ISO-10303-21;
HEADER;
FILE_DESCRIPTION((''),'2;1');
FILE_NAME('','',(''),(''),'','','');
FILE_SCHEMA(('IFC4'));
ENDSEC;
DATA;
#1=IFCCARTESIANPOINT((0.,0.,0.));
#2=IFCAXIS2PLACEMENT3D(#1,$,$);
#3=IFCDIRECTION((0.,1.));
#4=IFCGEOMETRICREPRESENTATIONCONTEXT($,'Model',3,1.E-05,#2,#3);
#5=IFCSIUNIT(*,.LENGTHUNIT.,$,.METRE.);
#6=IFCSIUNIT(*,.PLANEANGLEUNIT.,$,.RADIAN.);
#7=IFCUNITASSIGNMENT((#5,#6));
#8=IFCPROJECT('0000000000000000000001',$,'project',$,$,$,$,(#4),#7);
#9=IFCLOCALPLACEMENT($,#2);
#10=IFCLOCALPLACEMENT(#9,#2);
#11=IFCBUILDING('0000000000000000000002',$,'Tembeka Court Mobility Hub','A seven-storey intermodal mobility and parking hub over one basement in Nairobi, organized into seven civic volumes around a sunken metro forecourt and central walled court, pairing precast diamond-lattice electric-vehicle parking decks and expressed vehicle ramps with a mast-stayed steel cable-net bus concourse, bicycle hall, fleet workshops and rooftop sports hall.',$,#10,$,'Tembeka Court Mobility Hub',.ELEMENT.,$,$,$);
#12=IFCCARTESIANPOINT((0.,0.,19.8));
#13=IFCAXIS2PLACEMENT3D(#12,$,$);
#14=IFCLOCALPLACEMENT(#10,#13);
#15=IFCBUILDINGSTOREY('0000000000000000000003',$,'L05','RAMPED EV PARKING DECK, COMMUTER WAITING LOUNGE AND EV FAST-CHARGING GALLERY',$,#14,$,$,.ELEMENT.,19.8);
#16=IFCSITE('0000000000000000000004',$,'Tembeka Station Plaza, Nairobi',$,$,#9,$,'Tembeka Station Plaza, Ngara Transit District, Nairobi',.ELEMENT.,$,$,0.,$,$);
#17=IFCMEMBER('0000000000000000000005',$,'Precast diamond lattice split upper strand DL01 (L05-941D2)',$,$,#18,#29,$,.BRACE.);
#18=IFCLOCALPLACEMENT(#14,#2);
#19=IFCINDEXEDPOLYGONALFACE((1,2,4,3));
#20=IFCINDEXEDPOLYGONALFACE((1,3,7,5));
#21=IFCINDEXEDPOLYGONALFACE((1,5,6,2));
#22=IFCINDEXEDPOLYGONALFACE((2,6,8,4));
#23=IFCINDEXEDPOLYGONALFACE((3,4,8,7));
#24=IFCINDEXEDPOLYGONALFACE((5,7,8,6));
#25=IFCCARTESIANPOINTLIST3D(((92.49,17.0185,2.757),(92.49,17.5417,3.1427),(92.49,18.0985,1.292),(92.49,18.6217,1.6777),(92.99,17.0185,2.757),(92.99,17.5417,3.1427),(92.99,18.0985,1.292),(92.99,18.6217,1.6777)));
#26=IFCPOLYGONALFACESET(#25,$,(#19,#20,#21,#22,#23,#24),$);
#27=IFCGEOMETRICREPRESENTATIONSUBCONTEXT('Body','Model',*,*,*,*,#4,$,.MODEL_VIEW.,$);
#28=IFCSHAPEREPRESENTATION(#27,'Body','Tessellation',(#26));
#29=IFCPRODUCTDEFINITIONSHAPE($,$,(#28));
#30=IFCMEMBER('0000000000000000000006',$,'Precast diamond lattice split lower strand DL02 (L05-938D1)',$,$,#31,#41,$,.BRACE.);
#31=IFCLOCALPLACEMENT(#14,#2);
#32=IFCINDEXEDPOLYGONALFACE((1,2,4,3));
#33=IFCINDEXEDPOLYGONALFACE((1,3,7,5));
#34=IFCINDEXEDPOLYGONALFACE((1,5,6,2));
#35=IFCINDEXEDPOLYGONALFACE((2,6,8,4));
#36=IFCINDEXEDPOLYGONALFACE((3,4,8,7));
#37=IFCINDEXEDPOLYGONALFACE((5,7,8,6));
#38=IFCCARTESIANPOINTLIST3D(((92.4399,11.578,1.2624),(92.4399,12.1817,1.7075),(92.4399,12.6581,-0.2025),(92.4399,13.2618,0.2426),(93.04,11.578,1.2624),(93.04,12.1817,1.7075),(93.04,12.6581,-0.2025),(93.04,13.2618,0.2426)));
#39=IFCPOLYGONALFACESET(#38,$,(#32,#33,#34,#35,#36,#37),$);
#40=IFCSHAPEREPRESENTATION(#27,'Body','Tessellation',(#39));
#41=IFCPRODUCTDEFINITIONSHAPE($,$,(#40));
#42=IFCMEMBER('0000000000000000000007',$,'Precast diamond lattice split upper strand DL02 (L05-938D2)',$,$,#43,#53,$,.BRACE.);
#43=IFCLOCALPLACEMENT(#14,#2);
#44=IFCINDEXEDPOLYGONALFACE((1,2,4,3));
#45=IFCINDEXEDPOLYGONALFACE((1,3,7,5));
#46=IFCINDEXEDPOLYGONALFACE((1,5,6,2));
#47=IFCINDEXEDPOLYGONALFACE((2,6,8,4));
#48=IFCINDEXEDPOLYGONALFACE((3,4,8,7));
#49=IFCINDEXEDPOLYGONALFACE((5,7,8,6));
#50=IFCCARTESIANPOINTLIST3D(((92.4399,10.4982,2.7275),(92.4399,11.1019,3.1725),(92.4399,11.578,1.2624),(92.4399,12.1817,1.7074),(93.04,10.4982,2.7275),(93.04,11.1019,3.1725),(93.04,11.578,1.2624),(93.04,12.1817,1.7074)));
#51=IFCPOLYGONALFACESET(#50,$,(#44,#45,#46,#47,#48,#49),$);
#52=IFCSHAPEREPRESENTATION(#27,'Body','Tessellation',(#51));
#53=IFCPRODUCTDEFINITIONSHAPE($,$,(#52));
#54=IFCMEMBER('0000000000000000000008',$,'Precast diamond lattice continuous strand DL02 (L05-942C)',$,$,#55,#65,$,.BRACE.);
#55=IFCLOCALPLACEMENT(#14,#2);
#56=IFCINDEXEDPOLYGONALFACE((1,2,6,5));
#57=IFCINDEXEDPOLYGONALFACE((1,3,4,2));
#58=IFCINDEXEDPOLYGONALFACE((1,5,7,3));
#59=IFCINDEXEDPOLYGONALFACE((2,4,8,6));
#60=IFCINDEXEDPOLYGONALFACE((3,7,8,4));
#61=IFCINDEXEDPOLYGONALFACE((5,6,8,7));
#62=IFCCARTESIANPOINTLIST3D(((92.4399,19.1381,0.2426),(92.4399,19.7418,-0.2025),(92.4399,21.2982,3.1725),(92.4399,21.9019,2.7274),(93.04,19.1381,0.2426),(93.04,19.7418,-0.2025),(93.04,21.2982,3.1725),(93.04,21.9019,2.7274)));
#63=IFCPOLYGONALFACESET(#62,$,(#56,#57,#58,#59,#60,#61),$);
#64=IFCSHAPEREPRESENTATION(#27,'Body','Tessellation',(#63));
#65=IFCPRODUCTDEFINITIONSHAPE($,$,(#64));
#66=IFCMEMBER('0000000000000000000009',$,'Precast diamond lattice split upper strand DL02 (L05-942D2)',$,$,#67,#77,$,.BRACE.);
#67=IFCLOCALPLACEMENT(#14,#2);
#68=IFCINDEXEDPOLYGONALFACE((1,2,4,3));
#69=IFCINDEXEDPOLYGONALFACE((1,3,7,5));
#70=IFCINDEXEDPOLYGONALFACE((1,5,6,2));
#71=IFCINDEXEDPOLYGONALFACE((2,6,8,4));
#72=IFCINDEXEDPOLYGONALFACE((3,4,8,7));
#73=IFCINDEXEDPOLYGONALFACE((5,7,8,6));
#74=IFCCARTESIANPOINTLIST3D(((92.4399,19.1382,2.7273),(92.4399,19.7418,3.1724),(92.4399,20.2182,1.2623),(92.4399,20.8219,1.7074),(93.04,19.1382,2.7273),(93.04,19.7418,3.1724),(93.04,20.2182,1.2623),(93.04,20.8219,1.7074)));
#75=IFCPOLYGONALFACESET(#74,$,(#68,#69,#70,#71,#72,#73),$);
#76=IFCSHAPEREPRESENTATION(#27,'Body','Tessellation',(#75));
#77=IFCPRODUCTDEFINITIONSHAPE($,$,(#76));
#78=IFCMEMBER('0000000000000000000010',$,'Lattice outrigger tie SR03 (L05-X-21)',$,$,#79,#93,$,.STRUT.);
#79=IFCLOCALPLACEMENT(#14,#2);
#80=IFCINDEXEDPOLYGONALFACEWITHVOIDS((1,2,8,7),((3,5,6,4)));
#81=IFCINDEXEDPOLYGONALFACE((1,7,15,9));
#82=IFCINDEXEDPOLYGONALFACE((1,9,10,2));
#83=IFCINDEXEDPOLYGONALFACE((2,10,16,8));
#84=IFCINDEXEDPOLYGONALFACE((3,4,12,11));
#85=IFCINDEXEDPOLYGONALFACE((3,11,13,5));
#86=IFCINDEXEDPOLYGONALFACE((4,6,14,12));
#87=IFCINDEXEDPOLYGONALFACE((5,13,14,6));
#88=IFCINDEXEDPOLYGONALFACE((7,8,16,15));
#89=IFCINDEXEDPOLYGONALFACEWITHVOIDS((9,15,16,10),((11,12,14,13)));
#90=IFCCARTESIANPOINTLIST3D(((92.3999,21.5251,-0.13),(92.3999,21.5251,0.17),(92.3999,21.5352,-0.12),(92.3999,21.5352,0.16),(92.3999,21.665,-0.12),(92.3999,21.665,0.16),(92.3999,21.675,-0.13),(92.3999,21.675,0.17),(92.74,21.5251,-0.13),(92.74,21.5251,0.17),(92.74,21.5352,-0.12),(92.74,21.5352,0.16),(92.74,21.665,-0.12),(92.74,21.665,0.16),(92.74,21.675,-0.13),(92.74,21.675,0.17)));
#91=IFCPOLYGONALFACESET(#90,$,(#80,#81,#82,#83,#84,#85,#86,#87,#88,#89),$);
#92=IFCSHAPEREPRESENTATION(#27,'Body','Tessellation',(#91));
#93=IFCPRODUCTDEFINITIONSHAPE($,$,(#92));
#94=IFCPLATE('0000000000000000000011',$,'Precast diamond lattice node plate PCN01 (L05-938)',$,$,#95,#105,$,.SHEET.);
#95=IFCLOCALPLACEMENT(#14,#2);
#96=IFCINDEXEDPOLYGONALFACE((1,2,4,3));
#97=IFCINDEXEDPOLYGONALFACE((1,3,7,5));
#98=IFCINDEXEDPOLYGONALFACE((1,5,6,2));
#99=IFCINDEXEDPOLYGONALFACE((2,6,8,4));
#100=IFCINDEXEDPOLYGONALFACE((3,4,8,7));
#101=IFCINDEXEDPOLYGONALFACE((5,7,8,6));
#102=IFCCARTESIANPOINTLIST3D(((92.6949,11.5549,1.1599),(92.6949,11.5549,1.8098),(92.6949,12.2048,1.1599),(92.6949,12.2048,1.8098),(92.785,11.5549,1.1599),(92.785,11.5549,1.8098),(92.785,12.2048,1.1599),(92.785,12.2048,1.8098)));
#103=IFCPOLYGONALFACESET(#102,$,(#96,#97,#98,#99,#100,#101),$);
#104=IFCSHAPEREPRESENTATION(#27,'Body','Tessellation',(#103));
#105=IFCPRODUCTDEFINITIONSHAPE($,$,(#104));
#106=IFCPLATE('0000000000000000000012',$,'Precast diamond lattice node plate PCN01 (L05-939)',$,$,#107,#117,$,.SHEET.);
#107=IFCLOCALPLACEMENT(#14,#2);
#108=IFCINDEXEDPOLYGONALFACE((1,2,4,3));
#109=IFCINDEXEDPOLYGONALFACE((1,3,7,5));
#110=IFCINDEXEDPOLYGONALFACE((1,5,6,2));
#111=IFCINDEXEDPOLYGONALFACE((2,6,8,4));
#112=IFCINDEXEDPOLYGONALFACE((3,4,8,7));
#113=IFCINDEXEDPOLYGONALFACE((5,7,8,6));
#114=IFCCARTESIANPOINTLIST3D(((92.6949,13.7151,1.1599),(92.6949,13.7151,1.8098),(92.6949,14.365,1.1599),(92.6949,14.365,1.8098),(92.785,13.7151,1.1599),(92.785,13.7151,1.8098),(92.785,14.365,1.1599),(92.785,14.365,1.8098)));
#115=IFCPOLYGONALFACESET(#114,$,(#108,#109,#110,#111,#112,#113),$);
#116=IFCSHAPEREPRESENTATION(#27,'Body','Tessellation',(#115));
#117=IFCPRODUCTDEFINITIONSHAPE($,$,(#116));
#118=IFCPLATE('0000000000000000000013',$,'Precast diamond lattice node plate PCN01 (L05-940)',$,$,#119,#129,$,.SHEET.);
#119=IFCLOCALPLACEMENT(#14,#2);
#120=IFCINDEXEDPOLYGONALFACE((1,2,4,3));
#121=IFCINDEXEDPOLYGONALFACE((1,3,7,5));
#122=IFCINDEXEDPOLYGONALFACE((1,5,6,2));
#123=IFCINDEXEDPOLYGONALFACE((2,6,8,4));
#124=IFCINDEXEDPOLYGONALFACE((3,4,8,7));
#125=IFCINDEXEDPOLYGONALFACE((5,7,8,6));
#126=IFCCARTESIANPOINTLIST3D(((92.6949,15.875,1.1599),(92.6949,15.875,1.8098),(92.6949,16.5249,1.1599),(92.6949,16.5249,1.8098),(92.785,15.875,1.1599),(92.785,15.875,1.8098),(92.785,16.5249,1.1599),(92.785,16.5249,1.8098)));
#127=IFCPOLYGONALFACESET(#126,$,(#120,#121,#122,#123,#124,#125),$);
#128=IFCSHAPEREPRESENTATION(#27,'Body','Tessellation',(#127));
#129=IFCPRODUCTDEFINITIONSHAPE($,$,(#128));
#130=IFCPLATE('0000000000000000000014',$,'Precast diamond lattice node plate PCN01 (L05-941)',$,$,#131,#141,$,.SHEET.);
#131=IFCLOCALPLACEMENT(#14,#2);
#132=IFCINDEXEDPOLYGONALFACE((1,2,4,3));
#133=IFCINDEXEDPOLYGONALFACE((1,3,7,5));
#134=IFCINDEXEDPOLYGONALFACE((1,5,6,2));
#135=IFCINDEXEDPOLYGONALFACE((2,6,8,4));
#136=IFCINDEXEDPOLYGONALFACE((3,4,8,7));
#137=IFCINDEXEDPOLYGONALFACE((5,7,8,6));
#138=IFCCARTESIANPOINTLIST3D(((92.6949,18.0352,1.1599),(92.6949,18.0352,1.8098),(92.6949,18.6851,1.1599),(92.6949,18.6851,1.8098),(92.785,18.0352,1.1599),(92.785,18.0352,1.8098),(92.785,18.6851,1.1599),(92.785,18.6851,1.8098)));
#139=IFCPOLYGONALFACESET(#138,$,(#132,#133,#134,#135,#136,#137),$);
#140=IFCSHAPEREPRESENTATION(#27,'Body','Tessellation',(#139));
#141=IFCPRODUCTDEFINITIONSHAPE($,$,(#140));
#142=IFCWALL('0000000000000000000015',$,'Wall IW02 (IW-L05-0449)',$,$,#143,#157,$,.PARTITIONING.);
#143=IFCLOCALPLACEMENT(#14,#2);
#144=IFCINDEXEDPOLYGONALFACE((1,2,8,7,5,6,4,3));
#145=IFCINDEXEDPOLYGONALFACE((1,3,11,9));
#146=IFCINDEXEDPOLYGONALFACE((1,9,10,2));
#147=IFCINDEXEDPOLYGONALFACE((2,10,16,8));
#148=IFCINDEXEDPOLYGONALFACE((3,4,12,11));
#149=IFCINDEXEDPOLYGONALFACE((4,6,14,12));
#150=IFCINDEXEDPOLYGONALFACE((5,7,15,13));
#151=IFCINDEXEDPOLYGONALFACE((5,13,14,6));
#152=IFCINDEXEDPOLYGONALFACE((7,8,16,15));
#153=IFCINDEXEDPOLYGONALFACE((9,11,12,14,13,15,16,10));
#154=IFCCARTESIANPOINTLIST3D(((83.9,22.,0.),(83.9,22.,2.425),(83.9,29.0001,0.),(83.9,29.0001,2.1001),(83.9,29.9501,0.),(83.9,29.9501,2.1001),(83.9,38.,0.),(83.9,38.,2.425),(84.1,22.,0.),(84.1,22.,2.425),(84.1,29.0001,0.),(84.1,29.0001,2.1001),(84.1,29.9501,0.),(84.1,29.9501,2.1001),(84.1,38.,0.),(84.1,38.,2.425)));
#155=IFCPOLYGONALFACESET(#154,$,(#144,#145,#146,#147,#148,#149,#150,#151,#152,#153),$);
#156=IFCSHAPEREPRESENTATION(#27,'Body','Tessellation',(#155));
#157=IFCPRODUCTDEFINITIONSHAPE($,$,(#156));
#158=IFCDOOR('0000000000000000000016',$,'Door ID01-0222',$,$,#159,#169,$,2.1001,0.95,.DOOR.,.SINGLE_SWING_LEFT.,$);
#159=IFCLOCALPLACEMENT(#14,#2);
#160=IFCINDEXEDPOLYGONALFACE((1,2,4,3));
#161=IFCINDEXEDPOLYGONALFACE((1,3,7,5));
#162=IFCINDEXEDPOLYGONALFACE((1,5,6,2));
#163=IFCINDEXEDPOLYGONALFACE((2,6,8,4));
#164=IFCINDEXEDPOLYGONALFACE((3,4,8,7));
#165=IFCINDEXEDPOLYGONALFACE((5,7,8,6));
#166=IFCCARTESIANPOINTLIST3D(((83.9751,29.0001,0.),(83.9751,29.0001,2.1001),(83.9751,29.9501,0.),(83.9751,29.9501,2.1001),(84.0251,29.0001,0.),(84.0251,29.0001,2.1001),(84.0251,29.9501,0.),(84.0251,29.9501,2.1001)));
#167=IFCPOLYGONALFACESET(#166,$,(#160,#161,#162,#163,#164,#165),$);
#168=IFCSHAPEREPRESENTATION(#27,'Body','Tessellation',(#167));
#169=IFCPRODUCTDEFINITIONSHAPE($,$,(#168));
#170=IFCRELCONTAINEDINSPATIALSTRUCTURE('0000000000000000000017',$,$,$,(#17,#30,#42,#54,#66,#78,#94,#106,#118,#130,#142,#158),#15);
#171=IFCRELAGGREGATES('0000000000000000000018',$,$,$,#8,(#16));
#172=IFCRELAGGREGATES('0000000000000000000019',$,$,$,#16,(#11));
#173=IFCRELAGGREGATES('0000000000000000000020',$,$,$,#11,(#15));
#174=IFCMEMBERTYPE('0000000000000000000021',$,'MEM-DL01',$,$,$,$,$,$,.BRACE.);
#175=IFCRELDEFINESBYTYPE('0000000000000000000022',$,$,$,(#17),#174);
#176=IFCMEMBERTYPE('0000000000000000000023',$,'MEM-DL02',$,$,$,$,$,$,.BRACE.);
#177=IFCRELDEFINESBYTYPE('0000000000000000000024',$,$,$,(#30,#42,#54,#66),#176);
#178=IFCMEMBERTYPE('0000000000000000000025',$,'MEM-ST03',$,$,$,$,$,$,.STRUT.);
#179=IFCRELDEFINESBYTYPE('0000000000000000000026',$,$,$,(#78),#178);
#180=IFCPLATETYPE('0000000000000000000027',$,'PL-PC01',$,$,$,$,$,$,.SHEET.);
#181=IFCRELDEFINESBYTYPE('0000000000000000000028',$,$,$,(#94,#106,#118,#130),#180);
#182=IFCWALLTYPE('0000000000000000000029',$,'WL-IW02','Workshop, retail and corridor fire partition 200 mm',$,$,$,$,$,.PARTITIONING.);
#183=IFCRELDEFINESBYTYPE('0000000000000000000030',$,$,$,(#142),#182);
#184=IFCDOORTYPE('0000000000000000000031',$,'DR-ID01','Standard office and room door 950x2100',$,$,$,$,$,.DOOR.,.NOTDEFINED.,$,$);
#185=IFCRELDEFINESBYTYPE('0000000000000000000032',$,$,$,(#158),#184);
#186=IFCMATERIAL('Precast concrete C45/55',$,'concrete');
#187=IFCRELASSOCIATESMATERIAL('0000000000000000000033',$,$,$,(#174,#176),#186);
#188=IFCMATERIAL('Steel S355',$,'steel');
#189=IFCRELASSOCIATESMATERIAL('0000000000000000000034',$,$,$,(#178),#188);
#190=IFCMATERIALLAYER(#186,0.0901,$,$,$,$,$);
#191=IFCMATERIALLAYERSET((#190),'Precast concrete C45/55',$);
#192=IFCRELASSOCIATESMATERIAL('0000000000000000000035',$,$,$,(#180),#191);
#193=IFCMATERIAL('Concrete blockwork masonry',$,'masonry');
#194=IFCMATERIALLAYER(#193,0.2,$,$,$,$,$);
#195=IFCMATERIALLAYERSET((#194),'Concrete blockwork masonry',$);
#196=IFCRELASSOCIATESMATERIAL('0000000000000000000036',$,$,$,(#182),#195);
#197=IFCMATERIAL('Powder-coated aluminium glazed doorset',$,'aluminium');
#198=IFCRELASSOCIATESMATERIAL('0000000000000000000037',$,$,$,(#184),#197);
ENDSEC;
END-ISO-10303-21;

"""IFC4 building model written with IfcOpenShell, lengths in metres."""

from ifc_helpers import new_model, si_unit, direction, frame, frame_2d, origin, origin_2d, place, context, subcontext, project, spatial, rectangle, hollow_rectangle, extrude, material, layer, layer_set, material_profile, profile_set, type_object, element, fill, save


model = new_model("IFC4")

# Units and contexts
model_context = context("Model", 3, precision=1e-05, world=origin(), true_north=direction((0.0, 1.0)))
body_context = subcontext(model_context, "Body", "Model", "MODEL_VIEW")
ifc_project = project(units=[si_unit("LENGTHUNIT", "METRE"), si_unit("PLANEANGLEUNIT", "RADIAN")], contexts=[model_context])

# Site, building, storey
site_placement = place(None, origin())
site = spatial("IfcSite", under=ifc_project, at=site_placement, Name="Tembeka Station Plaza, Nairobi", LongName="Tembeka Station Plaza, Ngara Transit District, Nairobi", CompositionType="ELEMENT", RefElevation=0.0)
building_placement = place(site_placement, origin())
building = spatial("IfcBuilding", under=site, at=building_placement, Name="Tembeka Court Mobility Hub", Description="A seven-storey intermodal mobility and parking hub over one basement in Nairobi, organized into seven civic volumes around a sunken metro forecourt and central walled court, pairing precast diamond-lattice electric-vehicle parking decks and expressed vehicle ramps with a mast-stayed steel cable-net bus concourse, bicycle hall, fleet workshops and rooftop sports hall.", LongName="Tembeka Court Mobility Hub", CompositionType="ELEMENT")
storey_placement = place(building_placement, frame((0.0, 0.0, 19.8)))
storey = spatial("IfcBuildingStorey", under=building, at=storey_placement, Name="L05", Description="RAMPED EV PARKING DECK, COMMUTER WAITING LOUNGE AND EV FAST-CHARGING GALLERY", CompositionType="ELEMENT", Elevation=19.8)

# Shared definitions
ifc_material_1 = material(Name="Steel S355", Category="steel")

# Members
ifc_material_2 = material(Name="Precast concrete C45/55", Category="concrete")
ifc_material_profile_1 = material_profile(ifc_material_2, rectangle(XDim=0.5, YDim=0.6499, at=origin_2d()), Name="PC-DIAG 500x650")
ifc_profile_set_1 = profile_set([ifc_material_profile_1], Name="Precast concrete C45/55")
member_type_1 = type_object("IfcMemberType", Name="MEM-DL01", PredefinedType="BRACE", material=ifc_profile_set_1)
member_1_placement = place(storey_placement, frame((92.74, 18.3601, 1.4849), z_axis=(0.0, -0.593391, 0.804914), x_axis=(1.0, 0.0, 0.0)))
element("IfcMember", 1, at=member_1_placement, inside=storey, type_object=member_type_1, Name="Precast diamond lattice split upper strand DL01 (L05-941D2)", PredefinedType="BRACE", context=body_context, shape_type="SweptSolid", body=[
    extrude(rectangle(XDim=0.5, YDim=0.6499, at=origin_2d()), origin(), (0.0, 0.0, 1.0), 1.8201),
])
ifc_material_profile_2 = material_profile(ifc_material_2, rectangle(XDim=0.6001, YDim=0.75, at=origin_2d()), Name="PC-DIAG 600x750")
ifc_profile_set_2 = profile_set([ifc_material_profile_2], Name="Precast concrete C45/55")
member_type_2 = type_object("IfcMemberType", Name="MEM-DL02", PredefinedType="BRACE", material=ifc_profile_set_2)
for number, where, z_axis, x_axis, name in (
    (2, (92.74, 12.96, 0.02), (0.0, -0.593455, 0.804867), (1.0, 0.0, 0.0), "Precast diamond lattice split lower strand DL02 (L05-938D1)"),
    (3, (92.74, 11.8799, 1.4849), (0.0, -0.593304, 0.804978), (1.0, 0.0, 0.0), "Precast diamond lattice split upper strand DL02 (L05-938D2)"),
):
    element("IfcMember", number, at=place(storey_placement, frame(where, z_axis=z_axis, x_axis=x_axis)), inside=storey, type_object=member_type_2, Name=name, PredefinedType="BRACE", context=body_context, shape_type="SweptSolid", body=[
        extrude(rectangle(XDim=0.6001, YDim=0.75, at=origin_2d()), origin(), (0.0, 0.0, 1.0), 1.8201),
    ])
member_2_placement = place(storey_placement, frame((92.74, 19.4399, 0.02), z_axis=(0.0, 0.593423, 0.804891), x_axis=(-1.0, 0.0, 0.0)))
element("IfcMember", 4, at=member_2_placement, inside=storey, type_object=member_type_2, Name="Precast diamond lattice continuous strand DL02 (L05-942C)", PredefinedType="BRACE", context=body_context, shape_type="SweptSolid", body=[
    extrude(rectangle(XDim=0.6001, YDim=0.75, at=origin_2d()), origin(), (0.0, 0.0, 1.0), 3.6401),
])
member_3_placement = place(storey_placement, frame((92.74, 20.52, 1.4849), z_axis=(0.0, -0.593391, 0.804914), x_axis=(1.0, 0.0, 0.0)))
element("IfcMember", 5, at=member_3_placement, inside=storey, type_object=member_type_2, Name="Precast diamond lattice split upper strand DL02 (L05-942D2)", PredefinedType="BRACE", context=body_context, shape_type="SweptSolid", body=[
    extrude(rectangle(XDim=0.6001, YDim=0.75, at=origin_2d()), origin(), (0.0, 0.0, 1.0), 1.8201),
])
ifc_material_profile_3 = material_profile(ifc_material_1, hollow_rectangle(XDim=0.1499, YDim=0.3, WallThickness=0.01, at=origin_2d()), Name="RHS 300x150x10")
ifc_profile_set_3 = profile_set([ifc_material_profile_3], Name="Steel S355")
member_type_3 = type_object("IfcMemberType", Name="MEM-ST03", PredefinedType="STRUT", material=ifc_profile_set_3)
member_4_placement = place(storey_placement, frame((92.3999, 21.6001, 0.02), z_axis=(1.0, 0.0, 0.0), x_axis=(0.0, 1.0, 0.0)))
element("IfcMember", 6, at=member_4_placement, inside=storey, type_object=member_type_3, Name="Lattice outrigger tie SR03 (L05-X-21)", PredefinedType="STRUT", context=body_context, shape_type="SweptSolid", body=[
    extrude(hollow_rectangle(XDim=0.1499, YDim=0.3, WallThickness=0.01, at=origin_2d()), origin(), (0.0, 0.0, 1.0), 0.3401),
])

# Plates
ifc_layer_1 = layer(ifc_material_2, 0.0901)
ifc_layer_set_1 = layer_set([ifc_layer_1], Name="Precast concrete C45/55")
plate_type = type_object("IfcPlateType", Name="PL-PC01", PredefinedType="SHEET", material=ifc_layer_set_1)
for number, where, z_axis, x_axis, name in (
    (7, (92.74, 11.8799, 1.1599), (0.0, 0.0, 1.0), (1.0, 0.0, 0.0), "Precast diamond lattice node plate PCN01 (L05-938)"),
    (8, (92.74, 14.04, 1.1599), (0.0, 0.0, 1.0), (1.0, 0.0, 0.0), "Precast diamond lattice node plate PCN01 (L05-939)"),
    (9, (92.74, 16.2, 1.1599), (0.0, 0.0, 1.0), (1.0, 0.0, 0.0), "Precast diamond lattice node plate PCN01 (L05-940)"),
    (10, (92.74, 18.3601, 1.1599), (0.0, 0.0, 1.0), (1.0, 0.0, 0.0), "Precast diamond lattice node plate PCN01 (L05-941)"),
):
    element("IfcPlate", number, at=place(storey_placement, frame(where, z_axis=z_axis, x_axis=x_axis)), inside=storey, type_object=plate_type, Name=name, PredefinedType="SHEET", context=body_context, shape_type="SweptSolid", body=[
        extrude(rectangle(XDim=0.0901, YDim=0.6499, at=origin_2d()), origin(), (0.0, 0.0, 1.0), 0.6499),
    ])

# Wall, opening, door
ifc_material_3 = material(Name="Concrete blockwork masonry", Category="masonry")
ifc_layer_2 = layer(ifc_material_3, 0.2)
ifc_layer_set_2 = layer_set([ifc_layer_2], Name="Concrete blockwork masonry")
wall_type = type_object("IfcWallType", Name="WL-IW02", Description="Workshop, retail and corridor fire partition 200 mm", PredefinedType="PARTITIONING", material=ifc_layer_set_2)
wall_placement = place(storey_placement, frame((84.0, 22.0, 0.0), z_axis=(0.0, 0.0, 1.0), x_axis=(0.0, 1.0, 0.0)))
wall = element("IfcWall", 11, at=wall_placement, inside=storey, type_object=wall_type, Name="Wall IW02 (IW-L05-0449)", PredefinedType="PARTITIONING", context=body_context, shape_type="SweptSolid", body=[
    extrude(rectangle(XDim=16.0, YDim=0.2, at=frame_2d((8.0, 0.0))), origin(), (0.0, 0.0, 1.0), 2.425),
])
opening_placement = place(wall_placement, frame((7.0, 0.0, 0.0)))
opening = element("IfcOpeningElement", 12, at=opening_placement, cuts=wall, PredefinedType="OPENING", context=body_context, shape_type="SweptSolid", body=[
    extrude(rectangle(XDim=0.95, YDim=2.1001, at=frame_2d((0.4751, 1.05))), frame((0.0, 0.1099, 0.0), z_axis=(0.0, -1.0, 0.0), x_axis=(1.0, 0.0, 0.0)), (0.0, 0.0, 1.0), 0.22),
])
ifc_material_4 = material(Name="Powder-coated aluminium glazed doorset", Category="aluminium")
door_type = type_object("IfcDoorType", Name="DR-ID01", Description="Standard office and room door 950x2100", OperationType="NOTDEFINED", PredefinedType="DOOR", material=ifc_material_4)
door_placement = place(opening_placement, origin())
door = element("IfcDoor", 13, at=door_placement, inside=storey, type_object=door_type, Name="Door ID01-0222", OperationType="SINGLE_SWING_LEFT", OverallHeight=2.1001, OverallWidth=0.95, PredefinedType="DOOR", context=body_context, shape_type="SweptSolid", body=[
    extrude(rectangle(XDim=0.95, YDim=2.1001, at=frame_2d((0.4751, 1.05))), frame((0.0, 0.0249, 0.0), z_axis=(0.0, -1.0, 0.0), x_axis=(1.0, 0.0, 0.0)), (0.0, 0.0, 1.0), 0.05),
])
fill(opening, door)

save(model, "model.ifc")
